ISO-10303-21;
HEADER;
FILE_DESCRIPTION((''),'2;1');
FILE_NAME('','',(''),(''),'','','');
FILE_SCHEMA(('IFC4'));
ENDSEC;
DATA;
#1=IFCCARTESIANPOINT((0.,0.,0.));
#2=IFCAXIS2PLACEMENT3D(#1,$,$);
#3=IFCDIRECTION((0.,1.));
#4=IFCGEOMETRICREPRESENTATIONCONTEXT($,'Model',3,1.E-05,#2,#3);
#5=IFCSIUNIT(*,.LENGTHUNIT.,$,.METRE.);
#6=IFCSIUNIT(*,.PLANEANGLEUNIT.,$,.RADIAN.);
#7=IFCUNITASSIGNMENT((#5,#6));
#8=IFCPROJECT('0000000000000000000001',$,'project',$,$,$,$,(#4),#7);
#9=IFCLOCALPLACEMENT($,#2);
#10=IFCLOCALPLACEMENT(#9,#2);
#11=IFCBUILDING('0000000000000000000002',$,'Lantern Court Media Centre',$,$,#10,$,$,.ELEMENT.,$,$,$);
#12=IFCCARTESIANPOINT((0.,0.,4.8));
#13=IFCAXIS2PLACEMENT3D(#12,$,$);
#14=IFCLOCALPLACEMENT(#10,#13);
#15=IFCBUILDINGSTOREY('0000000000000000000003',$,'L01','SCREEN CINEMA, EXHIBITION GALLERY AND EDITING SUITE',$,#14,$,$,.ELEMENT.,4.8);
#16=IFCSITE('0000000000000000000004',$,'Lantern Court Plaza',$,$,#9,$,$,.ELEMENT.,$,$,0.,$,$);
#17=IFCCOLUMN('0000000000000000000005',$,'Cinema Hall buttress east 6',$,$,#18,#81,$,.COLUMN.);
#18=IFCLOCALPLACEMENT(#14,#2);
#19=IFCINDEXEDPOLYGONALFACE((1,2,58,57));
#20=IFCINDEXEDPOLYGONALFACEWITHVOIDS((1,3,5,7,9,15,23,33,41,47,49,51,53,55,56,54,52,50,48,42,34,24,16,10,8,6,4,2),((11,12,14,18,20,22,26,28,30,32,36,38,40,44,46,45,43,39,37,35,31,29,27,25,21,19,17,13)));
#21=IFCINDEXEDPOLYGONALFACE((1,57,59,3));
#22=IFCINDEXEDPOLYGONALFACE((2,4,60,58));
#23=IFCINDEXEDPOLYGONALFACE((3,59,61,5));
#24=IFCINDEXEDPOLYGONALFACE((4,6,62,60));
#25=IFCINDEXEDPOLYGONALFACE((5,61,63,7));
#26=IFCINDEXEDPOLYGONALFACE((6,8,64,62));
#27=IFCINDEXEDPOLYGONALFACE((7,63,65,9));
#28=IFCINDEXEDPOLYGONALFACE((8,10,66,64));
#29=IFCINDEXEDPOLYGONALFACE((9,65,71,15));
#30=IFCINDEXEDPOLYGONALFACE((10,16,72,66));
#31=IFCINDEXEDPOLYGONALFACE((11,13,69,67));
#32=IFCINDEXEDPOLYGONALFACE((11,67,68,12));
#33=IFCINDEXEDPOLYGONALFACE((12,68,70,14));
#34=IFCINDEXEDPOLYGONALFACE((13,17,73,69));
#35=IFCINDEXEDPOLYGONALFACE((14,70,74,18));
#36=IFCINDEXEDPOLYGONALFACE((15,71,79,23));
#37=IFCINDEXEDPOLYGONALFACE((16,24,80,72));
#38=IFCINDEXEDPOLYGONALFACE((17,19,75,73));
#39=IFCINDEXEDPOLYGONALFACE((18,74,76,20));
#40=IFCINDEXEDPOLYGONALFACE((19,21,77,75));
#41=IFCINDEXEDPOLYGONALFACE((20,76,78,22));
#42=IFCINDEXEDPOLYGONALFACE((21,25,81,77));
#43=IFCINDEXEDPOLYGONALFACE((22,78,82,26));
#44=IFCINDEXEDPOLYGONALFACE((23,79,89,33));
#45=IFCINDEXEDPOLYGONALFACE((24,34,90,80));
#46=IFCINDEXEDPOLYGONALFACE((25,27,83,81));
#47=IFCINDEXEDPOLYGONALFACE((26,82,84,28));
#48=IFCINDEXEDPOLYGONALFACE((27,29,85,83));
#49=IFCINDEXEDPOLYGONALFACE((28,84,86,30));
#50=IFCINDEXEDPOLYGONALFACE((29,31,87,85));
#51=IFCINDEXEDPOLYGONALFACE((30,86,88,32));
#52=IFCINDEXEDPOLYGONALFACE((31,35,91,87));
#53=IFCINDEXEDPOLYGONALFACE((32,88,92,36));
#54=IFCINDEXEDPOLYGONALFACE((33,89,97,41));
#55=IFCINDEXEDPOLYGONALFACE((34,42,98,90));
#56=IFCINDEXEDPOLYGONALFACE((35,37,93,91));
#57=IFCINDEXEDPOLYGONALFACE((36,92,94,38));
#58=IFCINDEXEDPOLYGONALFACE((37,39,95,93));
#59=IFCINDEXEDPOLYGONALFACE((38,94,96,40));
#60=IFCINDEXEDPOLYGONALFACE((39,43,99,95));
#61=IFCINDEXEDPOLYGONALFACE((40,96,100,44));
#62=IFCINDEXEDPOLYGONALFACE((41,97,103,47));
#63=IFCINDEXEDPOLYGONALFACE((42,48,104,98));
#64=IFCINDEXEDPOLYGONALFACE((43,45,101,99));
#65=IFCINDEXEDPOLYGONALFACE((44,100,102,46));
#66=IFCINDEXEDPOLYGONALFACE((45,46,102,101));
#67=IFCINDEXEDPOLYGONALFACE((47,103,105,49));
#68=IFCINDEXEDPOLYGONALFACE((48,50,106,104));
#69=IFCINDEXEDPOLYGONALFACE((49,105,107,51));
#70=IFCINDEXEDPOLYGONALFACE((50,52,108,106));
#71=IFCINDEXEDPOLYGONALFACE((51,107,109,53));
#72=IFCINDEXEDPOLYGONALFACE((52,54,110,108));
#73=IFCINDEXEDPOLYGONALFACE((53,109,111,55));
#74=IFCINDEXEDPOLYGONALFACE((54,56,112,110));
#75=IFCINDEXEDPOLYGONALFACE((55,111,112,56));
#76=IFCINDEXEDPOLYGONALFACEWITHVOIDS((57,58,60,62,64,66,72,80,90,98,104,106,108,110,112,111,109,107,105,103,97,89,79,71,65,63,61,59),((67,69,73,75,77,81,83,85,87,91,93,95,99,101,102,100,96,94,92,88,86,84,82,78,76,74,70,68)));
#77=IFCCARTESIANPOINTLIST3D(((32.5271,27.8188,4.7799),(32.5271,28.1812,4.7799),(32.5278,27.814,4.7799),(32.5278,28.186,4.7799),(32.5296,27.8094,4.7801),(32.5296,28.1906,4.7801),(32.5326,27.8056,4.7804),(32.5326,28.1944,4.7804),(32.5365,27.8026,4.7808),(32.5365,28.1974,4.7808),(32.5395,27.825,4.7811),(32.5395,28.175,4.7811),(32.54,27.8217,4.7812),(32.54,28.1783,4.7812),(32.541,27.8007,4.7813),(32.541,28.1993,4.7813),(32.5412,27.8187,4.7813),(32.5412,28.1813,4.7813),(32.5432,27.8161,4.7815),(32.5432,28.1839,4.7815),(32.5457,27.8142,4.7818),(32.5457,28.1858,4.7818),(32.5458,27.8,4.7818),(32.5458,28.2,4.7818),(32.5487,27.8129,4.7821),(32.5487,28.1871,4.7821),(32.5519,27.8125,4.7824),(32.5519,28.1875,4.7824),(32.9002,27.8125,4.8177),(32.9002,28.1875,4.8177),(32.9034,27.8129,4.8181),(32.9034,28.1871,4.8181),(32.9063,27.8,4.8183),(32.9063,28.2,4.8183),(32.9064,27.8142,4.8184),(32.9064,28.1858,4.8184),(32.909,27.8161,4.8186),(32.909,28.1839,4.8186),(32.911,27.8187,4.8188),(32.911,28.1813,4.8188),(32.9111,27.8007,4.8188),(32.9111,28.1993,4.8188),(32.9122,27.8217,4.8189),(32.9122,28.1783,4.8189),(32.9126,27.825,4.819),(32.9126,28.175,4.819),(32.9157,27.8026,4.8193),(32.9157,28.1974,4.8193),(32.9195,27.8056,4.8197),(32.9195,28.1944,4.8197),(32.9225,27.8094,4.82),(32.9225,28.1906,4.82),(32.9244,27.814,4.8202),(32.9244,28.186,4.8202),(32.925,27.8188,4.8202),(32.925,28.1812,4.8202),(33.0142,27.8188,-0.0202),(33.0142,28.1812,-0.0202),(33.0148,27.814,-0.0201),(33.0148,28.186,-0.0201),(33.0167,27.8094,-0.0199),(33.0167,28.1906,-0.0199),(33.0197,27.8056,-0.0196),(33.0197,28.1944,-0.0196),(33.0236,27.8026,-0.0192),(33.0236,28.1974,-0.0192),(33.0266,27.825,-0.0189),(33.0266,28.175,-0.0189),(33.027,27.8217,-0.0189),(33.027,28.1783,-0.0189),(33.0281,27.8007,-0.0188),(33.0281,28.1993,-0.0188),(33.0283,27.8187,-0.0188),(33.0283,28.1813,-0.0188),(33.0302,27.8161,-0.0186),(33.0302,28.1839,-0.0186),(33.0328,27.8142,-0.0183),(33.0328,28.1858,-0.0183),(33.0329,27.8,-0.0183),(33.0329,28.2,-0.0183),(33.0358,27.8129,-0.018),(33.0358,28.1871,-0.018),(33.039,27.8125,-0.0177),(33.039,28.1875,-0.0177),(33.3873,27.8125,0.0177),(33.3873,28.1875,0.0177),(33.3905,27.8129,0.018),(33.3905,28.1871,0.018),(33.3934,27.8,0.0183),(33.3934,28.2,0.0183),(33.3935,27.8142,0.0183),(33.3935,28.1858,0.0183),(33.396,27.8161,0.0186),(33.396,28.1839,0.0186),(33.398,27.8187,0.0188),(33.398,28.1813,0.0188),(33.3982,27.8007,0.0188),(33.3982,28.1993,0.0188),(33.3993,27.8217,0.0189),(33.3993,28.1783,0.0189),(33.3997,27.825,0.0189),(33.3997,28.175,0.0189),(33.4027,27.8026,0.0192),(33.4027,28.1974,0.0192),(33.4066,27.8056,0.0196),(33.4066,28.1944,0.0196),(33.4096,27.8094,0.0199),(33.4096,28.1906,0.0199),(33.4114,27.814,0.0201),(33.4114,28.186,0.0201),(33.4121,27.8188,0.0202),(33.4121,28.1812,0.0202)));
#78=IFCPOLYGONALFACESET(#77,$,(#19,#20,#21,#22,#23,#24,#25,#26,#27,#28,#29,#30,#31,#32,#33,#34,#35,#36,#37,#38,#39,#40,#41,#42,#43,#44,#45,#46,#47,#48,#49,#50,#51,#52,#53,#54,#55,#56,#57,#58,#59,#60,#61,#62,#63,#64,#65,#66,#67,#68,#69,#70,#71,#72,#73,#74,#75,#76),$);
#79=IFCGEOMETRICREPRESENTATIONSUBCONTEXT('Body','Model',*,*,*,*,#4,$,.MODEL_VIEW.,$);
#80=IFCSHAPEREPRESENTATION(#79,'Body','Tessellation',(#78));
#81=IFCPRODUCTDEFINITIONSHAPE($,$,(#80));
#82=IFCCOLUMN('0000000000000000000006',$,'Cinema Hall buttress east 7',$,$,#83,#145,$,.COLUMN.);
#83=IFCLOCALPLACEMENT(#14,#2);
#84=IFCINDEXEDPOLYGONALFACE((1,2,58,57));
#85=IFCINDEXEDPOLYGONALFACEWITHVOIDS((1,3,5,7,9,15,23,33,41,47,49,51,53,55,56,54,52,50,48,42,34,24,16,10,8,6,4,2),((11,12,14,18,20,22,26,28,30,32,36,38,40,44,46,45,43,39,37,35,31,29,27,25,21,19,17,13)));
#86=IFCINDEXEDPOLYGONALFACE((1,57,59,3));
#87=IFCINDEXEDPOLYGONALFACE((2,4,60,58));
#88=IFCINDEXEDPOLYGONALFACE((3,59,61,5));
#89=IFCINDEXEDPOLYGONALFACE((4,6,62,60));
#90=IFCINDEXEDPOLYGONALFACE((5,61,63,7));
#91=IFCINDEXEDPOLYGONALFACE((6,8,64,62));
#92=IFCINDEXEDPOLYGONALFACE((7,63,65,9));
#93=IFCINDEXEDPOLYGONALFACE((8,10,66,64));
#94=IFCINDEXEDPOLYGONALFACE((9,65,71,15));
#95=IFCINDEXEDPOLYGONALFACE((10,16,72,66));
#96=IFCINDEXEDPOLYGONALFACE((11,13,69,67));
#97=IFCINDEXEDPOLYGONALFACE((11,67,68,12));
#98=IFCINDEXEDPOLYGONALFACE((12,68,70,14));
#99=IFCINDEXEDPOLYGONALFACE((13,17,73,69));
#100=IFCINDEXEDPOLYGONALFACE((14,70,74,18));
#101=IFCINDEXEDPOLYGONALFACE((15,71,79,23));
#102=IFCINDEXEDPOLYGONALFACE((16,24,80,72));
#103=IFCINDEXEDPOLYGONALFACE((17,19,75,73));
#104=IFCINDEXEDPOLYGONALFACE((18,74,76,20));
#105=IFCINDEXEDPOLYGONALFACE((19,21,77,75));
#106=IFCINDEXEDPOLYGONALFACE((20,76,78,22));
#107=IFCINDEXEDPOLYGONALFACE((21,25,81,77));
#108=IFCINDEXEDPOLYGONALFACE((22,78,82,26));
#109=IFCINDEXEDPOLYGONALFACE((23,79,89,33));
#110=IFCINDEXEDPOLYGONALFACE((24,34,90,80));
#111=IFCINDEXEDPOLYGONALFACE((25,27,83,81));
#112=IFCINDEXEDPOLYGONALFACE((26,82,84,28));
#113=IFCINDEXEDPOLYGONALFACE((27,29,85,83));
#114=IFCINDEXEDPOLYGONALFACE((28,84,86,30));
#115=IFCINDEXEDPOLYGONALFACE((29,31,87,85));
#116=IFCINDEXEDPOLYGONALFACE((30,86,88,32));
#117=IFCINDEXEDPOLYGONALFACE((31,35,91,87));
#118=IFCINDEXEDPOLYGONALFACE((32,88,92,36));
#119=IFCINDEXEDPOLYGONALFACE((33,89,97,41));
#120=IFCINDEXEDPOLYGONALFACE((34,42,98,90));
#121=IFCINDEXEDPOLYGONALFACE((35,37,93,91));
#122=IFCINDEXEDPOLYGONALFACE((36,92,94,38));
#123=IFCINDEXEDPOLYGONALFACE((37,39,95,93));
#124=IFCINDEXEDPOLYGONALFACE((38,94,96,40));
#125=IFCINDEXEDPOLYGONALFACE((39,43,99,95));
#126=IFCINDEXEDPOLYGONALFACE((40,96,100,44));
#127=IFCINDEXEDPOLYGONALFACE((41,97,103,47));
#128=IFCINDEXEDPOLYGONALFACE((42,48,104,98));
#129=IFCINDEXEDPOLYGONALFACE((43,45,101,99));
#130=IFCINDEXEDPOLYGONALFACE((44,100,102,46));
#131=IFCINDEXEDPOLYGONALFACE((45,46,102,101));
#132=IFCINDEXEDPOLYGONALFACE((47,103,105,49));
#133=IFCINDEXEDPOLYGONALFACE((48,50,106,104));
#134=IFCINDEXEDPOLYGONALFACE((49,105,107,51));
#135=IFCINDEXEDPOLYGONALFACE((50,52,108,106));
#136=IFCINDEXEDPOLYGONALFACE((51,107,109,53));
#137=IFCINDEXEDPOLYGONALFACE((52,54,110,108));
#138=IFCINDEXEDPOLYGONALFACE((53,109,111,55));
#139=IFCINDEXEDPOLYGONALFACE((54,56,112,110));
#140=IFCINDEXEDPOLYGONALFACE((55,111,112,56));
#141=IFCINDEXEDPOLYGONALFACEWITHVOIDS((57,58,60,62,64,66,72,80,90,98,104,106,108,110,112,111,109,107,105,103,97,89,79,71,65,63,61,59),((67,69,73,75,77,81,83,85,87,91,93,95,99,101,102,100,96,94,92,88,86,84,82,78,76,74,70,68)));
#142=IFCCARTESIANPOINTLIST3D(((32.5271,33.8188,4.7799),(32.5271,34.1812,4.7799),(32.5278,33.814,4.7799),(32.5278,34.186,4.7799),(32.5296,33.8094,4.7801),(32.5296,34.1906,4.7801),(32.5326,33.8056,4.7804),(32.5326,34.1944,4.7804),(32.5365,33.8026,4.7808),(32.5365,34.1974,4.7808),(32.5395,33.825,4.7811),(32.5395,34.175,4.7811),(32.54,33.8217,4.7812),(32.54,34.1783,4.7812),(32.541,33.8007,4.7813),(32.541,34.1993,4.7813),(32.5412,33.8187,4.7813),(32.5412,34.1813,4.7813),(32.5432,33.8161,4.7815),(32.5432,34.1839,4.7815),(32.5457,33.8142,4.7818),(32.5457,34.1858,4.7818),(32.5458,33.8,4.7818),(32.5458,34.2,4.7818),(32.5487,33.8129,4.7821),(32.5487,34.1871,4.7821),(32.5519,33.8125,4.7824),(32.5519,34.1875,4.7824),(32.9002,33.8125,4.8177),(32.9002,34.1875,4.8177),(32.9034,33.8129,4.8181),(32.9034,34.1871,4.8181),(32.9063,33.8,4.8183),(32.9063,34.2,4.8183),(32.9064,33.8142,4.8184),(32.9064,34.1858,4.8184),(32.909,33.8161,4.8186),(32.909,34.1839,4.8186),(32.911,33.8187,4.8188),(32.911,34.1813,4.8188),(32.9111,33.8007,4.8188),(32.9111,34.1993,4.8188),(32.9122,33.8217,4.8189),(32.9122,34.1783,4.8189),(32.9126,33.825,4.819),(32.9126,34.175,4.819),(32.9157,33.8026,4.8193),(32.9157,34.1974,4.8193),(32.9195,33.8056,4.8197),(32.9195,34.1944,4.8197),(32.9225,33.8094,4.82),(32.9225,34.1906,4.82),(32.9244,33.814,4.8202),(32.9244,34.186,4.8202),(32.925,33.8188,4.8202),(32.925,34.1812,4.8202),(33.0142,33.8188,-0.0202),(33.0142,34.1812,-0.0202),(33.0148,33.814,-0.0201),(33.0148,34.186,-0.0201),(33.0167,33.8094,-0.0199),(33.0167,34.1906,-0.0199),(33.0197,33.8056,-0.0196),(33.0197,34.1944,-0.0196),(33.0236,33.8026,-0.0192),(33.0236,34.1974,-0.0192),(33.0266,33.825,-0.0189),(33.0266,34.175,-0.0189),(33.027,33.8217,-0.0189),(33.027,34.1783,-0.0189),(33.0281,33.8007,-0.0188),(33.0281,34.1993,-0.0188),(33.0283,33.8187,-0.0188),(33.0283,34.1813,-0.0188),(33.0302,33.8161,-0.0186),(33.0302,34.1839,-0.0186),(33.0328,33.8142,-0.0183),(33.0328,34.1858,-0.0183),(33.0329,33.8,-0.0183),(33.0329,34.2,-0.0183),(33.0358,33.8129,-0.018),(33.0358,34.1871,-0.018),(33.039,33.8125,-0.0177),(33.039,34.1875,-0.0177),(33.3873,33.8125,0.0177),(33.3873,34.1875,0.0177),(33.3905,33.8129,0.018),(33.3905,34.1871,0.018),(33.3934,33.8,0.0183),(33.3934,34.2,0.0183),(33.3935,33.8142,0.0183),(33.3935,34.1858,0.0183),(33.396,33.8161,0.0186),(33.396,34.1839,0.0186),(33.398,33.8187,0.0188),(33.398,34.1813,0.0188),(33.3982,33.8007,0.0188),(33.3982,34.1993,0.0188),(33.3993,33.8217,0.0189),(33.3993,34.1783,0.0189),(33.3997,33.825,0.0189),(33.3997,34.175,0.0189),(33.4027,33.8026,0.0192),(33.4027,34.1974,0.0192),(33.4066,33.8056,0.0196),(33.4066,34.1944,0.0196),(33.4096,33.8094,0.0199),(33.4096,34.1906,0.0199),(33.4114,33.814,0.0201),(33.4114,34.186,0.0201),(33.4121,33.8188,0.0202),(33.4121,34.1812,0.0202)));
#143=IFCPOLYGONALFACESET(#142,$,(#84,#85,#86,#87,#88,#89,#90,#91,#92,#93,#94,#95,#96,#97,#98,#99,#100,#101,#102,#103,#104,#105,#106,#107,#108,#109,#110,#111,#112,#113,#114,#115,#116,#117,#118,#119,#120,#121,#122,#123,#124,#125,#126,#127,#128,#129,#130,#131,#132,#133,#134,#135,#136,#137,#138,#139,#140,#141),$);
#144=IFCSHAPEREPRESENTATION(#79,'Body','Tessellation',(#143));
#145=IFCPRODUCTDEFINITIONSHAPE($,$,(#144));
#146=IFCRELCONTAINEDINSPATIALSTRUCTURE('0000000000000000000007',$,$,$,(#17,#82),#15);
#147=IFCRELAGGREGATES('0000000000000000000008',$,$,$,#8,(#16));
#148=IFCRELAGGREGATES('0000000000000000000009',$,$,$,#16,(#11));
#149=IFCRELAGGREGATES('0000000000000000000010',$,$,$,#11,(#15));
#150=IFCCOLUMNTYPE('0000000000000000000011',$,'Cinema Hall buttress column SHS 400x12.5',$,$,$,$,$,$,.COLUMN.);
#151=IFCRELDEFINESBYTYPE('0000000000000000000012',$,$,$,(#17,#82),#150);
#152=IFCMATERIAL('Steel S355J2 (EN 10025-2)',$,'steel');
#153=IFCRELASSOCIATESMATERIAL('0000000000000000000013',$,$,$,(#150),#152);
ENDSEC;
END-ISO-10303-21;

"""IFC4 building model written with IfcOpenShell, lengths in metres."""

from ifc_helpers import new_model, si_unit, direction, frame, origin, origin_2d, place, context, subcontext, project, spatial, hollow_rectangle, extrude, material, material_profile, profile_set, type_object, element, save


model = new_model("IFC4")

# Units and contexts
model_context = context("Model", 3, precision=1e-05, world=origin(), true_north=direction((0.0, 1.0)))
body_context = subcontext(model_context, "Body", "Model", "MODEL_VIEW")
ifc_project = project(units=[si_unit("LENGTHUNIT", "METRE"), si_unit("PLANEANGLEUNIT", "RADIAN")], contexts=[model_context])

# Site, building, storey
site_placement = place(None, origin())
site = spatial("IfcSite", under=ifc_project, at=site_placement, Name="Lantern Court Plaza", CompositionType="ELEMENT", RefElevation=0.0)
building_placement = place(site_placement, origin())
building = spatial("IfcBuilding", under=site, at=building_placement, Name="Lantern Court Media Centre", CompositionType="ELEMENT")
storey_placement = place(building_placement, frame((0.0, 0.0, 4.8)))
storey = spatial("IfcBuildingStorey", under=building, at=storey_placement, Name="L01", Description="SCREEN CINEMA, EXHIBITION GALLERY AND EDITING SUITE", CompositionType="ELEMENT", Elevation=4.8)

# Columns
ifc_material_1 = material(Name="Steel S355J2 (EN 10025-2)", Category="steel")
ifc_material_profile_1 = material_profile(ifc_material_1, hollow_rectangle(XDim=0.3999, YDim=0.3999, WallThickness=0.0125, InnerFilletRadius=0.0125, OuterFilletRadius=0.0188, at=origin_2d()), Name="Cinema Hall buttress column SHS 400x12.5")
ifc_profile_set_1 = profile_set([ifc_material_profile_1], Name="Steel S355J2 (EN 10025-2)")
column_type_1 = type_object("IfcColumnType", Name="Cinema Hall buttress column SHS 400x12.5", PredefinedType="COLUMN", material=ifc_profile_set_1)
for number, where, z_axis, x_axis, name in (
    (1, (33.2131, 28.0, 0.0), (-0.100952, 0.0, 0.994891), (0.0, -1.0, 0.0), "Cinema Hall buttress east 6"),
    (2, (33.2131, 34.0, 0.0), (-0.100952, 0.0, 0.994891), (0.0, -1.0, 0.0), "Cinema Hall buttress east 7"),
):
    element("IfcColumn", number, at=place(storey_placement, frame(where, z_axis=z_axis, x_axis=x_axis)), inside=storey, type_object=column_type_1, Name=name, PredefinedType="COLUMN", context=body_context, shape_type="SweptSolid", body=[
        extrude(hollow_rectangle(XDim=0.3999, YDim=0.3999, WallThickness=0.0125, InnerFilletRadius=0.0125, OuterFilletRadius=0.0188, at=origin_2d()), origin(), (0.0, 0.0, 1.0), 4.8247),
    ])

save(model, "model.ifc")
